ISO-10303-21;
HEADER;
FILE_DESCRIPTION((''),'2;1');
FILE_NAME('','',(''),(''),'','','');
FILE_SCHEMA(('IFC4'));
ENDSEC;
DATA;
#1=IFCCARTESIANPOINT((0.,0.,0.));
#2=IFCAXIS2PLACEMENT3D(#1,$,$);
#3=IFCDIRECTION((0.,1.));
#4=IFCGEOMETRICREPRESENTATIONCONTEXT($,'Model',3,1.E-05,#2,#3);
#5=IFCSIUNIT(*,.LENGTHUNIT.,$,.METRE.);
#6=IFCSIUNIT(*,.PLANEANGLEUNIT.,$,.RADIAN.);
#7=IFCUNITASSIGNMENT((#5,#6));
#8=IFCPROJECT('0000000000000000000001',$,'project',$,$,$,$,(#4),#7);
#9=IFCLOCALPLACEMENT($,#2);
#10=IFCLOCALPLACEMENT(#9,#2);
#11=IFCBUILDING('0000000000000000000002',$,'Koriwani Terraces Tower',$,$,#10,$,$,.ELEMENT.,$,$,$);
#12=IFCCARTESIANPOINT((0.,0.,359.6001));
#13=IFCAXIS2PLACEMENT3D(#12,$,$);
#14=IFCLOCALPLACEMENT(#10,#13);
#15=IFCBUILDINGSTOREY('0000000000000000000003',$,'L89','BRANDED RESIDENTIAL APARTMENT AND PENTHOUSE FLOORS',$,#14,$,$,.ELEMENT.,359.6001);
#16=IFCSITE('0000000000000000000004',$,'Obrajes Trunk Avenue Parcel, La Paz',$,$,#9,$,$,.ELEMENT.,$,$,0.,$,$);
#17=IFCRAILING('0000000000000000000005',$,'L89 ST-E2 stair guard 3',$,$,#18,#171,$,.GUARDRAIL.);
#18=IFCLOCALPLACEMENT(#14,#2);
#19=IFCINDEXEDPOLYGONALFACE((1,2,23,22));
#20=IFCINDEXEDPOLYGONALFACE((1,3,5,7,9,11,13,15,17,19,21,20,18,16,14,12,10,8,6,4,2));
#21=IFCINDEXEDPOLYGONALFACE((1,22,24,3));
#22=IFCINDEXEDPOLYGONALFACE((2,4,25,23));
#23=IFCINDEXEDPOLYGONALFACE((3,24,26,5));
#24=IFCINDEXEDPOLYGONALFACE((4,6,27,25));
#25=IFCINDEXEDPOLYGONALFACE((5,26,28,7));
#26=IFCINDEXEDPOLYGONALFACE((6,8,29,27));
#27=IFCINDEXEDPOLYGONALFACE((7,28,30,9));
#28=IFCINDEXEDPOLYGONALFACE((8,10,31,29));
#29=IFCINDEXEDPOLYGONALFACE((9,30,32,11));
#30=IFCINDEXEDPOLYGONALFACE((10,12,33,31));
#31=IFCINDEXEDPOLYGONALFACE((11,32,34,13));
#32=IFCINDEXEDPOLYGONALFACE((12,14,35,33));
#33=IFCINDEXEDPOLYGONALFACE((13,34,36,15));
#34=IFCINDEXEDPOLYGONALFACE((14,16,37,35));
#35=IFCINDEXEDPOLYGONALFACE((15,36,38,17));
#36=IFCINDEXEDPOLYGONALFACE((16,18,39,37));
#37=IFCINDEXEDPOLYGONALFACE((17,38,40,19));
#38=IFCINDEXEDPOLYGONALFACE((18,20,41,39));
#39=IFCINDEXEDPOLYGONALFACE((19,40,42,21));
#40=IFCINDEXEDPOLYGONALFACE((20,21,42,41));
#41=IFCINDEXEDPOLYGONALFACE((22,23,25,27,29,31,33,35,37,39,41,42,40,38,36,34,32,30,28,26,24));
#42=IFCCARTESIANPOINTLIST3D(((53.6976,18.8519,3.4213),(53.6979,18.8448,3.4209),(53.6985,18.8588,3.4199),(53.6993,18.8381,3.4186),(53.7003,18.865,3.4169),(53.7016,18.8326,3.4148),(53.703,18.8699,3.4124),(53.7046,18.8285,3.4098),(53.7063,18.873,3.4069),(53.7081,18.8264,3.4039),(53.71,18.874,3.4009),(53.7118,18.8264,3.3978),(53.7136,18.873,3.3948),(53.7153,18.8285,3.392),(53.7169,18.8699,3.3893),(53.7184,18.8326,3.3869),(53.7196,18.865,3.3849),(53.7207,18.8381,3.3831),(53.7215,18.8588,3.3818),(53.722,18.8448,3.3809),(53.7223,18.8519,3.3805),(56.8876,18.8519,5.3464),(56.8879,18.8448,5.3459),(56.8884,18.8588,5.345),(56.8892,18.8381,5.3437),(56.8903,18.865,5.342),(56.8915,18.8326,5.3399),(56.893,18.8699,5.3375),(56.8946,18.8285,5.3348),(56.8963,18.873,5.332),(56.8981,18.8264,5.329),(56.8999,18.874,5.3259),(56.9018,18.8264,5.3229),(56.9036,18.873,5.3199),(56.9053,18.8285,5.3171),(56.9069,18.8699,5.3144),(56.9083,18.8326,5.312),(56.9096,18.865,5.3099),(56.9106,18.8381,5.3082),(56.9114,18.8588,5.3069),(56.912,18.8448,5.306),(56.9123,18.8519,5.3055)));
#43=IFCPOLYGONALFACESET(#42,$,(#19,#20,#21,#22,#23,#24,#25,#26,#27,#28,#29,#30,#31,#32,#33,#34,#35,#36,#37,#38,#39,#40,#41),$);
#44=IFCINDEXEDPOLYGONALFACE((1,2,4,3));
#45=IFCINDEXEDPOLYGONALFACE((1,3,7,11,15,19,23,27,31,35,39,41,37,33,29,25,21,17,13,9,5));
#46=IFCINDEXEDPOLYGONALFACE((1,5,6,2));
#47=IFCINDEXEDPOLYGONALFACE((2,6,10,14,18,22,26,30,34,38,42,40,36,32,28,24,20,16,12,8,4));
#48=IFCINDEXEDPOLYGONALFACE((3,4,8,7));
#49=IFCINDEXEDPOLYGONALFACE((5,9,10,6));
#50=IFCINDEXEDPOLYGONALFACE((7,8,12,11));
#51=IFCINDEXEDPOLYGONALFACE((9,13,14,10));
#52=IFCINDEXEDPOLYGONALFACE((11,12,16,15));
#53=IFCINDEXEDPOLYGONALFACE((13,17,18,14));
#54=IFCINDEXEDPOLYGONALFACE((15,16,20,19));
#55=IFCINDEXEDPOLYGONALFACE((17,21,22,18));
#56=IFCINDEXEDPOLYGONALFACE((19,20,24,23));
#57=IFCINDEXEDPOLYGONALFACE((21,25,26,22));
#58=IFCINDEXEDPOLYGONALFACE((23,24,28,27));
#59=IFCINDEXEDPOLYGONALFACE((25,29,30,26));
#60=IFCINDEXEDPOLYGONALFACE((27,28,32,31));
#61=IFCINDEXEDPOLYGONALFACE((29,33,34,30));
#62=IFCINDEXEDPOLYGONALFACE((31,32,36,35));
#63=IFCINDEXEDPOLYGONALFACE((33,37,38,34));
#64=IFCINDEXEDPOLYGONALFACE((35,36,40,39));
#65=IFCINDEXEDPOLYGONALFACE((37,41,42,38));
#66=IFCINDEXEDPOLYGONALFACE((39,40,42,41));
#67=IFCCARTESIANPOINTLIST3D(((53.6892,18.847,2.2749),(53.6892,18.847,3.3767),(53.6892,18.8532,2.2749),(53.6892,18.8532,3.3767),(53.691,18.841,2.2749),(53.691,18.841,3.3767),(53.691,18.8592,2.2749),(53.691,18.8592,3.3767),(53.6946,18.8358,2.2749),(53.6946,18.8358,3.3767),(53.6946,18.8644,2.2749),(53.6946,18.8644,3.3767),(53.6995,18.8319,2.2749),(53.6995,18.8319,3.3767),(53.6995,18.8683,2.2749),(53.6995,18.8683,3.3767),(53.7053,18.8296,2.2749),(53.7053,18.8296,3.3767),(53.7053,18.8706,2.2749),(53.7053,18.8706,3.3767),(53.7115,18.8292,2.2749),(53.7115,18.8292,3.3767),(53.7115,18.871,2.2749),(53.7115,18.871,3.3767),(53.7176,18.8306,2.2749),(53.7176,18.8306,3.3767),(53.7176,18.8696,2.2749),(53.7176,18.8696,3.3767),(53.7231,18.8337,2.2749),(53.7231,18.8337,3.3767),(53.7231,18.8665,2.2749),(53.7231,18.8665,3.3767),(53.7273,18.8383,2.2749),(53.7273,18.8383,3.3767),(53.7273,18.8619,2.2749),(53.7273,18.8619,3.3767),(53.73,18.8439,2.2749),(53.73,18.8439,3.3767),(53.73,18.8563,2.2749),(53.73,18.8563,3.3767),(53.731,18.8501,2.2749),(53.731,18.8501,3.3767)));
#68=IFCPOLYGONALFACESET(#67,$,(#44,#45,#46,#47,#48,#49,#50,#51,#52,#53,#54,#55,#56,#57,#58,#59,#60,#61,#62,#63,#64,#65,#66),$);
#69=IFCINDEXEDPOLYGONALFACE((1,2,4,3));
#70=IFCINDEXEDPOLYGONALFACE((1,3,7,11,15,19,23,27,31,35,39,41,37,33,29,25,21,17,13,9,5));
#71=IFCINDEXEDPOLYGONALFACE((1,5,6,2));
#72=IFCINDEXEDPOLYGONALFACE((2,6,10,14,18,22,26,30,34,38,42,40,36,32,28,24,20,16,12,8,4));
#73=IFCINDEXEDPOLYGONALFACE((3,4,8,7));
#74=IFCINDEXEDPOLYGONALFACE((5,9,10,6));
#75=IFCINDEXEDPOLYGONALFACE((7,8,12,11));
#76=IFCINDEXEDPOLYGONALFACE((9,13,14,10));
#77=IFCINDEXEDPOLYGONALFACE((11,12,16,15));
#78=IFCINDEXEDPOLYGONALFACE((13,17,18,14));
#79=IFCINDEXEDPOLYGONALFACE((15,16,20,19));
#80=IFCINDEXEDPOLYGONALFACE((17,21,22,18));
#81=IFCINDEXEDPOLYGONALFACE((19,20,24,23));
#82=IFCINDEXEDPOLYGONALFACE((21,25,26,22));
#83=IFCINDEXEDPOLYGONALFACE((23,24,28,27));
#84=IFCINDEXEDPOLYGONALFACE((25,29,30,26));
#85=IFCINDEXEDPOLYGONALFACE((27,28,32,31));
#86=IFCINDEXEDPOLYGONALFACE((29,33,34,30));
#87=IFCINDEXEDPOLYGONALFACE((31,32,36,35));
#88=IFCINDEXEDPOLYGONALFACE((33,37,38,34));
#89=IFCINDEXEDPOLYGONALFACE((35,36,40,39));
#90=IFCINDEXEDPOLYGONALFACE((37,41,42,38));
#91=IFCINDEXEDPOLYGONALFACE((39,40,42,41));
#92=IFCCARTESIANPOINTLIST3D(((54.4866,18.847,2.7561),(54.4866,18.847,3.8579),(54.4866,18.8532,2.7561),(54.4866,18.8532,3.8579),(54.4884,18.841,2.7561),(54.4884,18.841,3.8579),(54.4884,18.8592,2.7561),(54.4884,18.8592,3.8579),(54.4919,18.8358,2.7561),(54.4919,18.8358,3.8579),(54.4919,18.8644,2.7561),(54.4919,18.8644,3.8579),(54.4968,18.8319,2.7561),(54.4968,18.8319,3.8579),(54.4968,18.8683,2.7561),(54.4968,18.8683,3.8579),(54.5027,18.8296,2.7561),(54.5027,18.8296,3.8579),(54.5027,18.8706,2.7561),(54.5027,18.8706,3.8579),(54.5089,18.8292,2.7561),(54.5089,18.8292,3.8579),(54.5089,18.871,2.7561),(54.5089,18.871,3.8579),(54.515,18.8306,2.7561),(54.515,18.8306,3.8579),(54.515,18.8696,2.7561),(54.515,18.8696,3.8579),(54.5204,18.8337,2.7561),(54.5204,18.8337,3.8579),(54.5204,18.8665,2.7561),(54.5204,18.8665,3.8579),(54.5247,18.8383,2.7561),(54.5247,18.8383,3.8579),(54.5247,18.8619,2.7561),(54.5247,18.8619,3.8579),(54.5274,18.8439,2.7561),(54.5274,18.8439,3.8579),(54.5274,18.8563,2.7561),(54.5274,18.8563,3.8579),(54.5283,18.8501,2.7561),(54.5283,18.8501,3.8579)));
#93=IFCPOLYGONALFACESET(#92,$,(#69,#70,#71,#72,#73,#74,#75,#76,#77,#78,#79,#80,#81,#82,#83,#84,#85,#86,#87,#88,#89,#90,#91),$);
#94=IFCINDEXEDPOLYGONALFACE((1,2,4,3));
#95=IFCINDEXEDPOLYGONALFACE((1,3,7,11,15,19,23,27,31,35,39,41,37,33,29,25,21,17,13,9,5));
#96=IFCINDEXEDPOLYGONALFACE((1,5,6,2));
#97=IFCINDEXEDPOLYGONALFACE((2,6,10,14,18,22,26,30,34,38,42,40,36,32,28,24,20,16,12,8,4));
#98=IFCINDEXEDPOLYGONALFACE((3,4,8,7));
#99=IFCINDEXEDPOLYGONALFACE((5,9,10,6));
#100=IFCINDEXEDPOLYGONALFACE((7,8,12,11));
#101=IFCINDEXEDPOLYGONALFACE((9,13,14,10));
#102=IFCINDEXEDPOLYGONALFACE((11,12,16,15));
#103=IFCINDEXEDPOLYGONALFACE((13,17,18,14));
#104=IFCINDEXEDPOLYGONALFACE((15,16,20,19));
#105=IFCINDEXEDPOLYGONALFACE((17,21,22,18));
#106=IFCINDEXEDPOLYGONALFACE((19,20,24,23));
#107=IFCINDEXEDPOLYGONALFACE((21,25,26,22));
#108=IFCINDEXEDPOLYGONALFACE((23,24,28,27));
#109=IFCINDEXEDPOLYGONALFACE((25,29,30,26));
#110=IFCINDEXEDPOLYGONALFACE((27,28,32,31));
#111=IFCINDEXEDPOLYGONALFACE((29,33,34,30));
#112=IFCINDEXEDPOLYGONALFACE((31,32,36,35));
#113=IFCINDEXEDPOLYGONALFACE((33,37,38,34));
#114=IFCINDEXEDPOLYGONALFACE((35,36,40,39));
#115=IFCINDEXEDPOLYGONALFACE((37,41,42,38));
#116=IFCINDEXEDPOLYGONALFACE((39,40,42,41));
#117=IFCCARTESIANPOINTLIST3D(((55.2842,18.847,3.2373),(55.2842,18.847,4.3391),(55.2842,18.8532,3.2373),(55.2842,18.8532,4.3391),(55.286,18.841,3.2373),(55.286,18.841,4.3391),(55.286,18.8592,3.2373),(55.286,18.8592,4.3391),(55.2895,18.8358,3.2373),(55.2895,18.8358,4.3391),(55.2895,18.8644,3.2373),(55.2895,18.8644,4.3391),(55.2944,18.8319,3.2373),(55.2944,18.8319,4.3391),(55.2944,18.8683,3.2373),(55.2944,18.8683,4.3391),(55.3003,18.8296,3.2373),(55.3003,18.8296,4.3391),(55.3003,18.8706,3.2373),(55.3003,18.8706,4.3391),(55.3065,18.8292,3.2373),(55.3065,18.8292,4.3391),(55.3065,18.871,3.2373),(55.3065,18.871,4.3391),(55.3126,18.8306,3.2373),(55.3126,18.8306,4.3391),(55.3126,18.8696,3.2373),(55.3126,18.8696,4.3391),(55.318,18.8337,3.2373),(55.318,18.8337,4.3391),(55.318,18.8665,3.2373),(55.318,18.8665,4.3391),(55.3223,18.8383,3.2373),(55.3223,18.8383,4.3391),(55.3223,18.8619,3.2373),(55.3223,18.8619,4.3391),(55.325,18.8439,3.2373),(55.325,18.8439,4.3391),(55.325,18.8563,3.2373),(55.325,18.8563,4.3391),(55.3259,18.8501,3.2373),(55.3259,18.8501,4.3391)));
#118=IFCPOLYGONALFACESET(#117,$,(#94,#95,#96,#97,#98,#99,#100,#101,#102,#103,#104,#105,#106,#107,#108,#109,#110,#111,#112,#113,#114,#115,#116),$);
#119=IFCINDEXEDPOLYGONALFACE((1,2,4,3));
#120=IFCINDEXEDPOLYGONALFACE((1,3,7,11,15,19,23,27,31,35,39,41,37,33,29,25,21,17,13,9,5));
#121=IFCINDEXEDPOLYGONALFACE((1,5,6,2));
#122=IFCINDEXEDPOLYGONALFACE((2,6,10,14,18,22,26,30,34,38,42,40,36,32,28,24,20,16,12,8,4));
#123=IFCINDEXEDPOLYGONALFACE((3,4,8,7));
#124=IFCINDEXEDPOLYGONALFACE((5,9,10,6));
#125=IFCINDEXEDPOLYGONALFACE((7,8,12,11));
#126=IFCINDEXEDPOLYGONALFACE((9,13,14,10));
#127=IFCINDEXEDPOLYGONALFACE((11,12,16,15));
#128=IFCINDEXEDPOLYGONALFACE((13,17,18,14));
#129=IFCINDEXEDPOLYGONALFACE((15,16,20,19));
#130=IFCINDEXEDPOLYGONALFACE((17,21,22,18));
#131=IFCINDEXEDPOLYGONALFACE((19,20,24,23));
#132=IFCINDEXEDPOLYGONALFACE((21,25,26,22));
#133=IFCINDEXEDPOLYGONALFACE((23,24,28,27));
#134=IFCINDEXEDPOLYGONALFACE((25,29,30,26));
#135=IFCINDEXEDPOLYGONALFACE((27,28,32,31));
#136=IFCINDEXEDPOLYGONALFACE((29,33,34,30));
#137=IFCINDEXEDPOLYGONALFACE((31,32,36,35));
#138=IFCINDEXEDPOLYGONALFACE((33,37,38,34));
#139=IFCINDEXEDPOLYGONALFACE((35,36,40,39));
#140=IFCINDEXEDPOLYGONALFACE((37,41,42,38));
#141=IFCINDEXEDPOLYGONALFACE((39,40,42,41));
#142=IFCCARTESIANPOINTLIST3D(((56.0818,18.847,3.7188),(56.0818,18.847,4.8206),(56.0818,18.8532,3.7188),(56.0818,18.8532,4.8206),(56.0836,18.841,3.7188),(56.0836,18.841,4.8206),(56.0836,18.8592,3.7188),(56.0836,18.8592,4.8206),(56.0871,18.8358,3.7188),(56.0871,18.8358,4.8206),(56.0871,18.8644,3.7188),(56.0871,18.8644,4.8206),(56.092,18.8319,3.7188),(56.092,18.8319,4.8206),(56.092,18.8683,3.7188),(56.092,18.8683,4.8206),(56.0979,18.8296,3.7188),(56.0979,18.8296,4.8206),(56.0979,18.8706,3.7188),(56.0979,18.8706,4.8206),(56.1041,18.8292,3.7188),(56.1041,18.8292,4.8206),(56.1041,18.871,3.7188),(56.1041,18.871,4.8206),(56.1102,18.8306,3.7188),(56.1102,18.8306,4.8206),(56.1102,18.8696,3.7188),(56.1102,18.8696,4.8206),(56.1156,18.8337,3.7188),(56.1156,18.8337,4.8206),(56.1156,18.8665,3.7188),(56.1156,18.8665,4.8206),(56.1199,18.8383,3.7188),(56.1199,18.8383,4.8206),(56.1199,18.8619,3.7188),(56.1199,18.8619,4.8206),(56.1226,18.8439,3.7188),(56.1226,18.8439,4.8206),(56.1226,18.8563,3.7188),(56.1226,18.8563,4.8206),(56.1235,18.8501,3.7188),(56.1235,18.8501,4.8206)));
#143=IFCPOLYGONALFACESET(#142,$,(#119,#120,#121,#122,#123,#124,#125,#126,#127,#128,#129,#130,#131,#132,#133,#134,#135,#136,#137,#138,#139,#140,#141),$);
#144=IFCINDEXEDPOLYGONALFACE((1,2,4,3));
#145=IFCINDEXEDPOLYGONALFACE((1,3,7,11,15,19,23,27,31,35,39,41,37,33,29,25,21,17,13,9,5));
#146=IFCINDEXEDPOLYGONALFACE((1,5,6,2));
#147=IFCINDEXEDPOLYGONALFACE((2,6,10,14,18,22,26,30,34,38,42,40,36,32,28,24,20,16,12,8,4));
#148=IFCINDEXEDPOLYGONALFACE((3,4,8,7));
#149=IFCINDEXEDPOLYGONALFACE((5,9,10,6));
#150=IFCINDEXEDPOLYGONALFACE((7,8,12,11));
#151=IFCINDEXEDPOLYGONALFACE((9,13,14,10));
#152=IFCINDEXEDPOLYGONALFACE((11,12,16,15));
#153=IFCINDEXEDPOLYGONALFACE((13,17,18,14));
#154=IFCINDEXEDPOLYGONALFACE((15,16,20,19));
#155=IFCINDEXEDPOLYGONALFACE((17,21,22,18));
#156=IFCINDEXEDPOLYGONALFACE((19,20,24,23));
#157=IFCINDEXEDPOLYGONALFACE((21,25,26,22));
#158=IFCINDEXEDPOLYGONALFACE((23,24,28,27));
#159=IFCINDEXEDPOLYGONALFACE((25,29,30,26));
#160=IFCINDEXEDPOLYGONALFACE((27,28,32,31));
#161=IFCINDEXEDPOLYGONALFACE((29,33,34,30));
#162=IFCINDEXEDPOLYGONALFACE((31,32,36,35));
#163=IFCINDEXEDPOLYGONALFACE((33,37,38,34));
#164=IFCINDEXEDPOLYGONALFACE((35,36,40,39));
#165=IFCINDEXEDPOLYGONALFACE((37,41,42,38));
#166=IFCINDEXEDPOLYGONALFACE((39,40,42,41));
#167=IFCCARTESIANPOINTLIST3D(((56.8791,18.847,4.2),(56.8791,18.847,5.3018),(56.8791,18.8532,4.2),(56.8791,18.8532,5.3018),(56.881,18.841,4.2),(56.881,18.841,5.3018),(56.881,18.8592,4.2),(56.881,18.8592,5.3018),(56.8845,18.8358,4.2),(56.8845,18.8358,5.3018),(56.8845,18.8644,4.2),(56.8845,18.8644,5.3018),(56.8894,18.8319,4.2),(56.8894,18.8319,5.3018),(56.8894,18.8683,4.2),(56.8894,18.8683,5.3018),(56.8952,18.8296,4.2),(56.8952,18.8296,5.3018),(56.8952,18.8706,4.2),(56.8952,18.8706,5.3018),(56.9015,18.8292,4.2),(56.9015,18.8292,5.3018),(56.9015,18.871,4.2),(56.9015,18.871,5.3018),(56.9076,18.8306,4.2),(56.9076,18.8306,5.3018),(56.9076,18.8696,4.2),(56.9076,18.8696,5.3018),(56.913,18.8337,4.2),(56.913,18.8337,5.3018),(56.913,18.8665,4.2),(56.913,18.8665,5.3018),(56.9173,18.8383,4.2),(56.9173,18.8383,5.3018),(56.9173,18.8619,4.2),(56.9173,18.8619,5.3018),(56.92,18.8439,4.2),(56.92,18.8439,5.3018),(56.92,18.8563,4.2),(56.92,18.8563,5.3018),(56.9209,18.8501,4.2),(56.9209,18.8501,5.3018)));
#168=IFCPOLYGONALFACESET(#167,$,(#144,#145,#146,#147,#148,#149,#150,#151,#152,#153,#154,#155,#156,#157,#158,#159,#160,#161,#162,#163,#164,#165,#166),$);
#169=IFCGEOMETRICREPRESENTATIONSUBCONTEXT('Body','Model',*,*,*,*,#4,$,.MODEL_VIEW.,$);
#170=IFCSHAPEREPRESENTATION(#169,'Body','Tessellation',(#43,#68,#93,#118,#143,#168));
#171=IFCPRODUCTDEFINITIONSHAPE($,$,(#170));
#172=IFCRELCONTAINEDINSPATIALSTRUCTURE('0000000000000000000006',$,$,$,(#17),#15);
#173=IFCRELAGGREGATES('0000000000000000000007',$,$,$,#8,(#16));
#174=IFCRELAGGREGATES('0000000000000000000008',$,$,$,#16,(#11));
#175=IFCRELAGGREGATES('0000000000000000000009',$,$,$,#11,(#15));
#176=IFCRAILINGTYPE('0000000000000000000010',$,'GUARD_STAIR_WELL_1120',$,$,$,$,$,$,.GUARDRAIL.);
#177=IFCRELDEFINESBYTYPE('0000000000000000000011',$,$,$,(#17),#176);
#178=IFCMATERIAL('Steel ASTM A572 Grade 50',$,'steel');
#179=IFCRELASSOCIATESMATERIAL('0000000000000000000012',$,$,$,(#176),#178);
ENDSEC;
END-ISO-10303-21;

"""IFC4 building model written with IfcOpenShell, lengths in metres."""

from ifc_helpers import new_model, si_unit, direction, frame, origin, origin_2d, place, context, subcontext, project, spatial, circle, extrude, material, type_object, element, save


model = new_model("IFC4")

# Units and contexts
model_context = context("Model", 3, precision=1e-05, world=origin(), true_north=direction((0.0, 1.0)))
body_context = subcontext(model_context, "Body", "Model", "MODEL_VIEW")
ifc_project = project(units=[si_unit("LENGTHUNIT", "METRE"), si_unit("PLANEANGLEUNIT", "RADIAN")], contexts=[model_context])

# Site, building, storey
site_placement = place(None, origin())
site = spatial("IfcSite", under=ifc_project, at=site_placement, Name="Obrajes Trunk Avenue Parcel, La Paz", CompositionType="ELEMENT", RefElevation=0.0)
building_placement = place(site_placement, origin())
building = spatial("IfcBuilding", under=site, at=building_placement, Name="Koriwani Terraces Tower", CompositionType="ELEMENT")
storey_placement = place(building_placement, frame((0.0, 0.0, 359.6001)))
storey = spatial("IfcBuildingStorey", under=building, at=storey_placement, Name="L89", Description="BRANDED RESIDENTIAL APARTMENT AND PENTHOUSE FLOORS", CompositionType="ELEMENT", Elevation=359.6001)

# Shared definitions
ifc_material_1 = material(Name="Steel ASTM A572 Grade 50", Category="steel")

# Railing
railing_type_1 = type_object("IfcRailingType", Name="GUARD_STAIR_WELL_1120", PredefinedType="GUARDRAIL", material=ifc_material_1)
railing_1_placement = place(storey_placement, frame((53.71, 18.8501, 2.2749)))
element("IfcRailing", 1, at=railing_1_placement, inside=storey, type_object=railing_type_1, Name="L89 ST-E2 stair guard 3", PredefinedType="GUARDRAIL", context=body_context, shape_type="SweptSolid", body=[
    extrude(circle(Radius=0.0239, at=origin_2d()), frame((0.0, 0.0, 1.126), z_axis=(0.856178, 0.0, 0.516682), x_axis=(0.0, 1.0, 0.0)), (0.0, 0.0, 1.0), 3.7258),
    extrude(circle(Radius=0.021, at=origin_2d()), origin(), (0.0, 0.0, 1.0), 1.1018),
    extrude(circle(Radius=0.021, at=origin_2d()), frame((0.7974, 0.0, 0.4812)), (0.0, 0.0, 1.0), 1.1018),
    extrude(circle(Radius=0.021, at=origin_2d()), frame((1.595, 0.0, 0.9624)), (0.0, 0.0, 1.0), 1.1018),
    extrude(circle(Radius=0.021, at=origin_2d()), frame((2.3926, 0.0, 1.4438)), (0.0, 0.0, 1.0), 1.1018),
    extrude(circle(Radius=0.021, at=origin_2d()), frame((3.1899, 0.0, 1.925)), (0.0, 0.0, 1.0), 1.1018),
])

save(model, "model.ifc")
